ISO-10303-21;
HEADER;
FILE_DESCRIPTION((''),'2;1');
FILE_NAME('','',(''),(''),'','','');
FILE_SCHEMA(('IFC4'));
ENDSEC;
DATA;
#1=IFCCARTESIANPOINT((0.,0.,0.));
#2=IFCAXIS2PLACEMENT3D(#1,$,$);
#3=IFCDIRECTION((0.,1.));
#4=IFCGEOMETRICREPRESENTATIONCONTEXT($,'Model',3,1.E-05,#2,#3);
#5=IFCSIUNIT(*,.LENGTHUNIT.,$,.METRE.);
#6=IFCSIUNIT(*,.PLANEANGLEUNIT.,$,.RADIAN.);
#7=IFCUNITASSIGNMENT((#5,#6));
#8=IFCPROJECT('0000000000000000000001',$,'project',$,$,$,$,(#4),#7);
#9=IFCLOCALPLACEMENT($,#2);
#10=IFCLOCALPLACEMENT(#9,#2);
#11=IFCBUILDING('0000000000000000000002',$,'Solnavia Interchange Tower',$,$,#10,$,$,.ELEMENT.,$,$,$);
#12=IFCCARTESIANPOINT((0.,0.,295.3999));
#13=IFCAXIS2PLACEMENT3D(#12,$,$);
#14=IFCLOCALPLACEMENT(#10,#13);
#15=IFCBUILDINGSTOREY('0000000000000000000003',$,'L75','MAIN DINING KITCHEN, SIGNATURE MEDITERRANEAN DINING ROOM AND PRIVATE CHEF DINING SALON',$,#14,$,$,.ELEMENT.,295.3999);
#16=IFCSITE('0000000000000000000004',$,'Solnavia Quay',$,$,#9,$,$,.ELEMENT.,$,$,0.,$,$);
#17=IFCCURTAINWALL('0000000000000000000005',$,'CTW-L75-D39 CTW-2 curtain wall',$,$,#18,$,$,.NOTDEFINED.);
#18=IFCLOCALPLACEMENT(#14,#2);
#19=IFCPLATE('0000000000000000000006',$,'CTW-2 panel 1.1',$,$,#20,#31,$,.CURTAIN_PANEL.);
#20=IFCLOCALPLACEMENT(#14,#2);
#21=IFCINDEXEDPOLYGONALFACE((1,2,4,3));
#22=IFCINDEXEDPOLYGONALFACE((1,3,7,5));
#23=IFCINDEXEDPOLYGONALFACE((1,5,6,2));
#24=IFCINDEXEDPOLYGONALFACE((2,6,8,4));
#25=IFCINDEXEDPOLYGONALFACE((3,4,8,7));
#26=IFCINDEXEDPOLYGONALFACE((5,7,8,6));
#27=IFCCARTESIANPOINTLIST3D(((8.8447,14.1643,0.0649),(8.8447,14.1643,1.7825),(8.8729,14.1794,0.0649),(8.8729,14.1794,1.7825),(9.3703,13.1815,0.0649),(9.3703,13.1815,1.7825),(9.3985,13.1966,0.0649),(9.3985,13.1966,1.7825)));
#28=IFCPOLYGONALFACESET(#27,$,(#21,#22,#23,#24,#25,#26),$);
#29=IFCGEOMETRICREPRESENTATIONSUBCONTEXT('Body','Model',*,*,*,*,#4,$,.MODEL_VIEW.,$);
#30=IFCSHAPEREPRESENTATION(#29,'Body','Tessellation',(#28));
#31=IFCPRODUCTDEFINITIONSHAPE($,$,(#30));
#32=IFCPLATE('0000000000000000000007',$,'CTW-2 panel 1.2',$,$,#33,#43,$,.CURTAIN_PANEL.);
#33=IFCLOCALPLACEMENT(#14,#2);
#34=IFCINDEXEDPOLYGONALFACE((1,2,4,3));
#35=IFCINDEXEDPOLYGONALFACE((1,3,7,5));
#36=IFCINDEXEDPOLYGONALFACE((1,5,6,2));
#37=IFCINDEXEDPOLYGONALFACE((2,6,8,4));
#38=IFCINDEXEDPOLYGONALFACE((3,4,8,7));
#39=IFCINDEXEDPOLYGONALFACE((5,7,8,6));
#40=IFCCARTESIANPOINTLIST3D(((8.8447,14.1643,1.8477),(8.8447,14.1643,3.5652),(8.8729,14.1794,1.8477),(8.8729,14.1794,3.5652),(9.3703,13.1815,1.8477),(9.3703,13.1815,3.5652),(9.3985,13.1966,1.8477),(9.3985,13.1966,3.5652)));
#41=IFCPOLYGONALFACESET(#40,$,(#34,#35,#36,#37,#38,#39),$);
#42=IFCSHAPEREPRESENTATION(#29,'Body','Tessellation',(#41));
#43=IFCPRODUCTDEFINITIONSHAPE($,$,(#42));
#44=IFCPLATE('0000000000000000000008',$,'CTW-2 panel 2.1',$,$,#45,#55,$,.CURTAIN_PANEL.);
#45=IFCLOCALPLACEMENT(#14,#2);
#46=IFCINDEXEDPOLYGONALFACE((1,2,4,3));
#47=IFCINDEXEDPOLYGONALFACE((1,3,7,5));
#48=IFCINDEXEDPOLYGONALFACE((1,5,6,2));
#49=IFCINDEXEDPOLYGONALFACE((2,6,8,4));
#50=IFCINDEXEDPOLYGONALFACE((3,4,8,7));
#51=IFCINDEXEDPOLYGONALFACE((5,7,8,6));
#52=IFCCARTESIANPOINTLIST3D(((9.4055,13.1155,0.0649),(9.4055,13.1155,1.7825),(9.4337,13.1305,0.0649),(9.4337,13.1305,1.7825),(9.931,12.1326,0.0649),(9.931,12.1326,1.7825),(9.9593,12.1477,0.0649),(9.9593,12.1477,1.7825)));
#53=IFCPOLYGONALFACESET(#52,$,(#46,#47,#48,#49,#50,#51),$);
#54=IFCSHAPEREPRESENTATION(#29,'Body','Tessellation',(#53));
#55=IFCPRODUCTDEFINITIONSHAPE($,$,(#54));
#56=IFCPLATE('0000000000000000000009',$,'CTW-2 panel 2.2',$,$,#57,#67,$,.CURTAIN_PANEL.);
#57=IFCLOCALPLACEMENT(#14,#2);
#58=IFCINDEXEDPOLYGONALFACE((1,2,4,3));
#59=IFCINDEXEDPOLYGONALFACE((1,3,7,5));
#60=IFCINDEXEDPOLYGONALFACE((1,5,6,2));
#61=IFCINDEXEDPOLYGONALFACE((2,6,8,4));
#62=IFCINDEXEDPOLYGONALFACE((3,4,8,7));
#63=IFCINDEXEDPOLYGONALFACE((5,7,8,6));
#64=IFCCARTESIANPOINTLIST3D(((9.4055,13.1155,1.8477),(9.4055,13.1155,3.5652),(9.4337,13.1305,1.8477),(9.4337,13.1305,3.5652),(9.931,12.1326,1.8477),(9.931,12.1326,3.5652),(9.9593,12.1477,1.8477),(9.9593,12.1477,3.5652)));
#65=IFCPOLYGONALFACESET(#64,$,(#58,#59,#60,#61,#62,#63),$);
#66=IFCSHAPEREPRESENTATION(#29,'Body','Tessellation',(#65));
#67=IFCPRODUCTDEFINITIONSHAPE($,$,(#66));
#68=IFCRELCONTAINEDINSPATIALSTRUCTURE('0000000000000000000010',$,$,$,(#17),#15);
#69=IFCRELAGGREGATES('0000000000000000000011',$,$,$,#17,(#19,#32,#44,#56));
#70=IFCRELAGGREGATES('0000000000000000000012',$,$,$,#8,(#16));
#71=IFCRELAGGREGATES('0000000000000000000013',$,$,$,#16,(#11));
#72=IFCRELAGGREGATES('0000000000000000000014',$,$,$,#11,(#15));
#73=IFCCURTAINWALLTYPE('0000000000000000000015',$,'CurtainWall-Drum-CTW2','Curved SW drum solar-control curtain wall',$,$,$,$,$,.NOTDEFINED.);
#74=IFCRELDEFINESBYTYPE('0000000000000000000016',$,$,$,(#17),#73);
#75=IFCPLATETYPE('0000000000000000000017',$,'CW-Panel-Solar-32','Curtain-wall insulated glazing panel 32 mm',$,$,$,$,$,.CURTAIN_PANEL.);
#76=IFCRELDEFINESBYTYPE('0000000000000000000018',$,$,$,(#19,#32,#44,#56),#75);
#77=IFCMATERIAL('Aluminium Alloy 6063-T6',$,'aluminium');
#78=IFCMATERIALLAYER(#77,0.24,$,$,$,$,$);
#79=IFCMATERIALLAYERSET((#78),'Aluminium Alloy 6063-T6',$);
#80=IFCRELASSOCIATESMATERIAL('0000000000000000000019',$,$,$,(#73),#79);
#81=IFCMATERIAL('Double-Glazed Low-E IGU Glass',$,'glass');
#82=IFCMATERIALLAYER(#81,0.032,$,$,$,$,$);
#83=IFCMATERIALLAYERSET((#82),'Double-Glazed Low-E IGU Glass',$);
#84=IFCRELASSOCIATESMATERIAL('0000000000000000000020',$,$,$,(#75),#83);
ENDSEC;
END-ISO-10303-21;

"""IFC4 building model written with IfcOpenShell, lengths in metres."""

from ifc_helpers import new_model, si_unit, direction, frame, origin, origin_2d, place, context, subcontext, project, spatial, rectangle, extrude, material, layer, layer_set, type_object, element, aggregate, save


model = new_model("IFC4")

# Units and contexts
model_context = context("Model", 3, precision=1e-05, world=origin(), true_north=direction((0.0, 1.0)))
body_context = subcontext(model_context, "Body", "Model", "MODEL_VIEW")
ifc_project = project(units=[si_unit("LENGTHUNIT", "METRE"), si_unit("PLANEANGLEUNIT", "RADIAN")], contexts=[model_context])

# Site, building, storey
site_placement = place(None, origin())
site = spatial("IfcSite", under=ifc_project, at=site_placement, Name="Solnavia Quay", CompositionType="ELEMENT", RefElevation=0.0)
building_placement = place(site_placement, origin())
building = spatial("IfcBuilding", under=site, at=building_placement, Name="Solnavia Interchange Tower", CompositionType="ELEMENT")
storey_placement = place(building_placement, frame((0.0, 0.0, 295.3999)))
storey = spatial("IfcBuildingStorey", under=building, at=storey_placement, Name="L75", Description="MAIN DINING KITCHEN, SIGNATURE MEDITERRANEAN DINING ROOM AND PRIVATE CHEF DINING SALON", CompositionType="ELEMENT", Elevation=295.3999)

# Curtain wall
ifc_material_1 = material(Name="Aluminium Alloy 6063-T6", Category="aluminium")
ifc_layer_1 = layer(ifc_material_1, 0.24)
ifc_layer_set_1 = layer_set([ifc_layer_1], Name="Aluminium Alloy 6063-T6")
curtain_wall_type_1 = type_object("IfcCurtainWallType", Name="CurtainWall-Drum-CTW2", Description="Curved SW drum solar-control curtain wall", PredefinedType="NOTDEFINED", material=ifc_layer_set_1)
curtain_wall_1_placement = place(storey_placement, origin())
curtain_wall_1 = element("IfcCurtainWall", 1, at=curtain_wall_1_placement, inside=storey, type_object=curtain_wall_type_1, Name="CTW-L75-D39 CTW-2 curtain wall", PredefinedType="NOTDEFINED")

# Plates
ifc_material_2 = material(Name="Double-Glazed Low-E IGU Glass", Category="glass")
ifc_layer_2 = layer(ifc_material_2, 0.032)
ifc_layer_set_2 = layer_set([ifc_layer_2], Name="Double-Glazed Low-E IGU Glass")
plate_type_1 = type_object("IfcPlateType", Name="CW-Panel-Solar-32", Description="Curtain-wall insulated glazing panel 32 mm", PredefinedType="CURTAIN_PANEL", material=ifc_layer_set_2)
plate_1_placement = place(storey_placement, frame((9.1216, 13.6804, 0.0649), z_axis=(0.0, 0.0, 1.0), x_axis=(0.471561, -0.881834, 0.0)))
plate_1 = element("IfcPlate", 2, at=plate_1_placement, type_object=plate_type_1, Name="CTW-2 panel 1.1", PredefinedType="CURTAIN_PANEL", context=body_context, shape_type="SweptSolid", body=[
    extrude(rectangle(XDim=1.1145, YDim=0.032, at=origin_2d()), origin(), (0.0, 0.0, 1.0), 1.7175),
])
plate_2_placement = place(storey_placement, frame((9.1216, 13.6804, 1.8477), z_axis=(0.0, 0.0, 1.0), x_axis=(0.471561, -0.881834, 0.0)))
plate_2 = element("IfcPlate", 3, at=plate_2_placement, type_object=plate_type_1, Name="CTW-2 panel 1.2", PredefinedType="CURTAIN_PANEL", context=body_context, shape_type="SweptSolid", body=[
    extrude(rectangle(XDim=1.1145, YDim=0.032, at=origin_2d()), origin(), (0.0, 0.0, 1.0), 1.7175),
])
plate_3_placement = place(storey_placement, frame((9.6824, 12.6316, 0.0649), z_axis=(0.0, 0.0, 1.0), x_axis=(0.471561, -0.881834, 0.0)))
plate_3 = element("IfcPlate", 4, at=plate_3_placement, type_object=plate_type_1, Name="CTW-2 panel 2.1", PredefinedType="CURTAIN_PANEL", context=body_context, shape_type="SweptSolid", body=[
    extrude(rectangle(XDim=1.1145, YDim=0.032, at=origin_2d()), origin(), (0.0, 0.0, 1.0), 1.7175),
])
plate_4_placement = place(storey_placement, frame((9.6824, 12.6316, 1.8477), z_axis=(0.0, 0.0, 1.0), x_axis=(0.471561, -0.881834, 0.0)))
plate_4 = element("IfcPlate", 5, at=plate_4_placement, type_object=plate_type_1, Name="CTW-2 panel 2.2", PredefinedType="CURTAIN_PANEL", context=body_context, shape_type="SweptSolid", body=[
    extrude(rectangle(XDim=1.1145, YDim=0.032, at=origin_2d()), origin(), (0.0, 0.0, 1.0), 1.7175),
])
aggregate(curtain_wall_1, [plate_1, plate_2, plate_3, plate_4])

save(model, "model.ifc")
